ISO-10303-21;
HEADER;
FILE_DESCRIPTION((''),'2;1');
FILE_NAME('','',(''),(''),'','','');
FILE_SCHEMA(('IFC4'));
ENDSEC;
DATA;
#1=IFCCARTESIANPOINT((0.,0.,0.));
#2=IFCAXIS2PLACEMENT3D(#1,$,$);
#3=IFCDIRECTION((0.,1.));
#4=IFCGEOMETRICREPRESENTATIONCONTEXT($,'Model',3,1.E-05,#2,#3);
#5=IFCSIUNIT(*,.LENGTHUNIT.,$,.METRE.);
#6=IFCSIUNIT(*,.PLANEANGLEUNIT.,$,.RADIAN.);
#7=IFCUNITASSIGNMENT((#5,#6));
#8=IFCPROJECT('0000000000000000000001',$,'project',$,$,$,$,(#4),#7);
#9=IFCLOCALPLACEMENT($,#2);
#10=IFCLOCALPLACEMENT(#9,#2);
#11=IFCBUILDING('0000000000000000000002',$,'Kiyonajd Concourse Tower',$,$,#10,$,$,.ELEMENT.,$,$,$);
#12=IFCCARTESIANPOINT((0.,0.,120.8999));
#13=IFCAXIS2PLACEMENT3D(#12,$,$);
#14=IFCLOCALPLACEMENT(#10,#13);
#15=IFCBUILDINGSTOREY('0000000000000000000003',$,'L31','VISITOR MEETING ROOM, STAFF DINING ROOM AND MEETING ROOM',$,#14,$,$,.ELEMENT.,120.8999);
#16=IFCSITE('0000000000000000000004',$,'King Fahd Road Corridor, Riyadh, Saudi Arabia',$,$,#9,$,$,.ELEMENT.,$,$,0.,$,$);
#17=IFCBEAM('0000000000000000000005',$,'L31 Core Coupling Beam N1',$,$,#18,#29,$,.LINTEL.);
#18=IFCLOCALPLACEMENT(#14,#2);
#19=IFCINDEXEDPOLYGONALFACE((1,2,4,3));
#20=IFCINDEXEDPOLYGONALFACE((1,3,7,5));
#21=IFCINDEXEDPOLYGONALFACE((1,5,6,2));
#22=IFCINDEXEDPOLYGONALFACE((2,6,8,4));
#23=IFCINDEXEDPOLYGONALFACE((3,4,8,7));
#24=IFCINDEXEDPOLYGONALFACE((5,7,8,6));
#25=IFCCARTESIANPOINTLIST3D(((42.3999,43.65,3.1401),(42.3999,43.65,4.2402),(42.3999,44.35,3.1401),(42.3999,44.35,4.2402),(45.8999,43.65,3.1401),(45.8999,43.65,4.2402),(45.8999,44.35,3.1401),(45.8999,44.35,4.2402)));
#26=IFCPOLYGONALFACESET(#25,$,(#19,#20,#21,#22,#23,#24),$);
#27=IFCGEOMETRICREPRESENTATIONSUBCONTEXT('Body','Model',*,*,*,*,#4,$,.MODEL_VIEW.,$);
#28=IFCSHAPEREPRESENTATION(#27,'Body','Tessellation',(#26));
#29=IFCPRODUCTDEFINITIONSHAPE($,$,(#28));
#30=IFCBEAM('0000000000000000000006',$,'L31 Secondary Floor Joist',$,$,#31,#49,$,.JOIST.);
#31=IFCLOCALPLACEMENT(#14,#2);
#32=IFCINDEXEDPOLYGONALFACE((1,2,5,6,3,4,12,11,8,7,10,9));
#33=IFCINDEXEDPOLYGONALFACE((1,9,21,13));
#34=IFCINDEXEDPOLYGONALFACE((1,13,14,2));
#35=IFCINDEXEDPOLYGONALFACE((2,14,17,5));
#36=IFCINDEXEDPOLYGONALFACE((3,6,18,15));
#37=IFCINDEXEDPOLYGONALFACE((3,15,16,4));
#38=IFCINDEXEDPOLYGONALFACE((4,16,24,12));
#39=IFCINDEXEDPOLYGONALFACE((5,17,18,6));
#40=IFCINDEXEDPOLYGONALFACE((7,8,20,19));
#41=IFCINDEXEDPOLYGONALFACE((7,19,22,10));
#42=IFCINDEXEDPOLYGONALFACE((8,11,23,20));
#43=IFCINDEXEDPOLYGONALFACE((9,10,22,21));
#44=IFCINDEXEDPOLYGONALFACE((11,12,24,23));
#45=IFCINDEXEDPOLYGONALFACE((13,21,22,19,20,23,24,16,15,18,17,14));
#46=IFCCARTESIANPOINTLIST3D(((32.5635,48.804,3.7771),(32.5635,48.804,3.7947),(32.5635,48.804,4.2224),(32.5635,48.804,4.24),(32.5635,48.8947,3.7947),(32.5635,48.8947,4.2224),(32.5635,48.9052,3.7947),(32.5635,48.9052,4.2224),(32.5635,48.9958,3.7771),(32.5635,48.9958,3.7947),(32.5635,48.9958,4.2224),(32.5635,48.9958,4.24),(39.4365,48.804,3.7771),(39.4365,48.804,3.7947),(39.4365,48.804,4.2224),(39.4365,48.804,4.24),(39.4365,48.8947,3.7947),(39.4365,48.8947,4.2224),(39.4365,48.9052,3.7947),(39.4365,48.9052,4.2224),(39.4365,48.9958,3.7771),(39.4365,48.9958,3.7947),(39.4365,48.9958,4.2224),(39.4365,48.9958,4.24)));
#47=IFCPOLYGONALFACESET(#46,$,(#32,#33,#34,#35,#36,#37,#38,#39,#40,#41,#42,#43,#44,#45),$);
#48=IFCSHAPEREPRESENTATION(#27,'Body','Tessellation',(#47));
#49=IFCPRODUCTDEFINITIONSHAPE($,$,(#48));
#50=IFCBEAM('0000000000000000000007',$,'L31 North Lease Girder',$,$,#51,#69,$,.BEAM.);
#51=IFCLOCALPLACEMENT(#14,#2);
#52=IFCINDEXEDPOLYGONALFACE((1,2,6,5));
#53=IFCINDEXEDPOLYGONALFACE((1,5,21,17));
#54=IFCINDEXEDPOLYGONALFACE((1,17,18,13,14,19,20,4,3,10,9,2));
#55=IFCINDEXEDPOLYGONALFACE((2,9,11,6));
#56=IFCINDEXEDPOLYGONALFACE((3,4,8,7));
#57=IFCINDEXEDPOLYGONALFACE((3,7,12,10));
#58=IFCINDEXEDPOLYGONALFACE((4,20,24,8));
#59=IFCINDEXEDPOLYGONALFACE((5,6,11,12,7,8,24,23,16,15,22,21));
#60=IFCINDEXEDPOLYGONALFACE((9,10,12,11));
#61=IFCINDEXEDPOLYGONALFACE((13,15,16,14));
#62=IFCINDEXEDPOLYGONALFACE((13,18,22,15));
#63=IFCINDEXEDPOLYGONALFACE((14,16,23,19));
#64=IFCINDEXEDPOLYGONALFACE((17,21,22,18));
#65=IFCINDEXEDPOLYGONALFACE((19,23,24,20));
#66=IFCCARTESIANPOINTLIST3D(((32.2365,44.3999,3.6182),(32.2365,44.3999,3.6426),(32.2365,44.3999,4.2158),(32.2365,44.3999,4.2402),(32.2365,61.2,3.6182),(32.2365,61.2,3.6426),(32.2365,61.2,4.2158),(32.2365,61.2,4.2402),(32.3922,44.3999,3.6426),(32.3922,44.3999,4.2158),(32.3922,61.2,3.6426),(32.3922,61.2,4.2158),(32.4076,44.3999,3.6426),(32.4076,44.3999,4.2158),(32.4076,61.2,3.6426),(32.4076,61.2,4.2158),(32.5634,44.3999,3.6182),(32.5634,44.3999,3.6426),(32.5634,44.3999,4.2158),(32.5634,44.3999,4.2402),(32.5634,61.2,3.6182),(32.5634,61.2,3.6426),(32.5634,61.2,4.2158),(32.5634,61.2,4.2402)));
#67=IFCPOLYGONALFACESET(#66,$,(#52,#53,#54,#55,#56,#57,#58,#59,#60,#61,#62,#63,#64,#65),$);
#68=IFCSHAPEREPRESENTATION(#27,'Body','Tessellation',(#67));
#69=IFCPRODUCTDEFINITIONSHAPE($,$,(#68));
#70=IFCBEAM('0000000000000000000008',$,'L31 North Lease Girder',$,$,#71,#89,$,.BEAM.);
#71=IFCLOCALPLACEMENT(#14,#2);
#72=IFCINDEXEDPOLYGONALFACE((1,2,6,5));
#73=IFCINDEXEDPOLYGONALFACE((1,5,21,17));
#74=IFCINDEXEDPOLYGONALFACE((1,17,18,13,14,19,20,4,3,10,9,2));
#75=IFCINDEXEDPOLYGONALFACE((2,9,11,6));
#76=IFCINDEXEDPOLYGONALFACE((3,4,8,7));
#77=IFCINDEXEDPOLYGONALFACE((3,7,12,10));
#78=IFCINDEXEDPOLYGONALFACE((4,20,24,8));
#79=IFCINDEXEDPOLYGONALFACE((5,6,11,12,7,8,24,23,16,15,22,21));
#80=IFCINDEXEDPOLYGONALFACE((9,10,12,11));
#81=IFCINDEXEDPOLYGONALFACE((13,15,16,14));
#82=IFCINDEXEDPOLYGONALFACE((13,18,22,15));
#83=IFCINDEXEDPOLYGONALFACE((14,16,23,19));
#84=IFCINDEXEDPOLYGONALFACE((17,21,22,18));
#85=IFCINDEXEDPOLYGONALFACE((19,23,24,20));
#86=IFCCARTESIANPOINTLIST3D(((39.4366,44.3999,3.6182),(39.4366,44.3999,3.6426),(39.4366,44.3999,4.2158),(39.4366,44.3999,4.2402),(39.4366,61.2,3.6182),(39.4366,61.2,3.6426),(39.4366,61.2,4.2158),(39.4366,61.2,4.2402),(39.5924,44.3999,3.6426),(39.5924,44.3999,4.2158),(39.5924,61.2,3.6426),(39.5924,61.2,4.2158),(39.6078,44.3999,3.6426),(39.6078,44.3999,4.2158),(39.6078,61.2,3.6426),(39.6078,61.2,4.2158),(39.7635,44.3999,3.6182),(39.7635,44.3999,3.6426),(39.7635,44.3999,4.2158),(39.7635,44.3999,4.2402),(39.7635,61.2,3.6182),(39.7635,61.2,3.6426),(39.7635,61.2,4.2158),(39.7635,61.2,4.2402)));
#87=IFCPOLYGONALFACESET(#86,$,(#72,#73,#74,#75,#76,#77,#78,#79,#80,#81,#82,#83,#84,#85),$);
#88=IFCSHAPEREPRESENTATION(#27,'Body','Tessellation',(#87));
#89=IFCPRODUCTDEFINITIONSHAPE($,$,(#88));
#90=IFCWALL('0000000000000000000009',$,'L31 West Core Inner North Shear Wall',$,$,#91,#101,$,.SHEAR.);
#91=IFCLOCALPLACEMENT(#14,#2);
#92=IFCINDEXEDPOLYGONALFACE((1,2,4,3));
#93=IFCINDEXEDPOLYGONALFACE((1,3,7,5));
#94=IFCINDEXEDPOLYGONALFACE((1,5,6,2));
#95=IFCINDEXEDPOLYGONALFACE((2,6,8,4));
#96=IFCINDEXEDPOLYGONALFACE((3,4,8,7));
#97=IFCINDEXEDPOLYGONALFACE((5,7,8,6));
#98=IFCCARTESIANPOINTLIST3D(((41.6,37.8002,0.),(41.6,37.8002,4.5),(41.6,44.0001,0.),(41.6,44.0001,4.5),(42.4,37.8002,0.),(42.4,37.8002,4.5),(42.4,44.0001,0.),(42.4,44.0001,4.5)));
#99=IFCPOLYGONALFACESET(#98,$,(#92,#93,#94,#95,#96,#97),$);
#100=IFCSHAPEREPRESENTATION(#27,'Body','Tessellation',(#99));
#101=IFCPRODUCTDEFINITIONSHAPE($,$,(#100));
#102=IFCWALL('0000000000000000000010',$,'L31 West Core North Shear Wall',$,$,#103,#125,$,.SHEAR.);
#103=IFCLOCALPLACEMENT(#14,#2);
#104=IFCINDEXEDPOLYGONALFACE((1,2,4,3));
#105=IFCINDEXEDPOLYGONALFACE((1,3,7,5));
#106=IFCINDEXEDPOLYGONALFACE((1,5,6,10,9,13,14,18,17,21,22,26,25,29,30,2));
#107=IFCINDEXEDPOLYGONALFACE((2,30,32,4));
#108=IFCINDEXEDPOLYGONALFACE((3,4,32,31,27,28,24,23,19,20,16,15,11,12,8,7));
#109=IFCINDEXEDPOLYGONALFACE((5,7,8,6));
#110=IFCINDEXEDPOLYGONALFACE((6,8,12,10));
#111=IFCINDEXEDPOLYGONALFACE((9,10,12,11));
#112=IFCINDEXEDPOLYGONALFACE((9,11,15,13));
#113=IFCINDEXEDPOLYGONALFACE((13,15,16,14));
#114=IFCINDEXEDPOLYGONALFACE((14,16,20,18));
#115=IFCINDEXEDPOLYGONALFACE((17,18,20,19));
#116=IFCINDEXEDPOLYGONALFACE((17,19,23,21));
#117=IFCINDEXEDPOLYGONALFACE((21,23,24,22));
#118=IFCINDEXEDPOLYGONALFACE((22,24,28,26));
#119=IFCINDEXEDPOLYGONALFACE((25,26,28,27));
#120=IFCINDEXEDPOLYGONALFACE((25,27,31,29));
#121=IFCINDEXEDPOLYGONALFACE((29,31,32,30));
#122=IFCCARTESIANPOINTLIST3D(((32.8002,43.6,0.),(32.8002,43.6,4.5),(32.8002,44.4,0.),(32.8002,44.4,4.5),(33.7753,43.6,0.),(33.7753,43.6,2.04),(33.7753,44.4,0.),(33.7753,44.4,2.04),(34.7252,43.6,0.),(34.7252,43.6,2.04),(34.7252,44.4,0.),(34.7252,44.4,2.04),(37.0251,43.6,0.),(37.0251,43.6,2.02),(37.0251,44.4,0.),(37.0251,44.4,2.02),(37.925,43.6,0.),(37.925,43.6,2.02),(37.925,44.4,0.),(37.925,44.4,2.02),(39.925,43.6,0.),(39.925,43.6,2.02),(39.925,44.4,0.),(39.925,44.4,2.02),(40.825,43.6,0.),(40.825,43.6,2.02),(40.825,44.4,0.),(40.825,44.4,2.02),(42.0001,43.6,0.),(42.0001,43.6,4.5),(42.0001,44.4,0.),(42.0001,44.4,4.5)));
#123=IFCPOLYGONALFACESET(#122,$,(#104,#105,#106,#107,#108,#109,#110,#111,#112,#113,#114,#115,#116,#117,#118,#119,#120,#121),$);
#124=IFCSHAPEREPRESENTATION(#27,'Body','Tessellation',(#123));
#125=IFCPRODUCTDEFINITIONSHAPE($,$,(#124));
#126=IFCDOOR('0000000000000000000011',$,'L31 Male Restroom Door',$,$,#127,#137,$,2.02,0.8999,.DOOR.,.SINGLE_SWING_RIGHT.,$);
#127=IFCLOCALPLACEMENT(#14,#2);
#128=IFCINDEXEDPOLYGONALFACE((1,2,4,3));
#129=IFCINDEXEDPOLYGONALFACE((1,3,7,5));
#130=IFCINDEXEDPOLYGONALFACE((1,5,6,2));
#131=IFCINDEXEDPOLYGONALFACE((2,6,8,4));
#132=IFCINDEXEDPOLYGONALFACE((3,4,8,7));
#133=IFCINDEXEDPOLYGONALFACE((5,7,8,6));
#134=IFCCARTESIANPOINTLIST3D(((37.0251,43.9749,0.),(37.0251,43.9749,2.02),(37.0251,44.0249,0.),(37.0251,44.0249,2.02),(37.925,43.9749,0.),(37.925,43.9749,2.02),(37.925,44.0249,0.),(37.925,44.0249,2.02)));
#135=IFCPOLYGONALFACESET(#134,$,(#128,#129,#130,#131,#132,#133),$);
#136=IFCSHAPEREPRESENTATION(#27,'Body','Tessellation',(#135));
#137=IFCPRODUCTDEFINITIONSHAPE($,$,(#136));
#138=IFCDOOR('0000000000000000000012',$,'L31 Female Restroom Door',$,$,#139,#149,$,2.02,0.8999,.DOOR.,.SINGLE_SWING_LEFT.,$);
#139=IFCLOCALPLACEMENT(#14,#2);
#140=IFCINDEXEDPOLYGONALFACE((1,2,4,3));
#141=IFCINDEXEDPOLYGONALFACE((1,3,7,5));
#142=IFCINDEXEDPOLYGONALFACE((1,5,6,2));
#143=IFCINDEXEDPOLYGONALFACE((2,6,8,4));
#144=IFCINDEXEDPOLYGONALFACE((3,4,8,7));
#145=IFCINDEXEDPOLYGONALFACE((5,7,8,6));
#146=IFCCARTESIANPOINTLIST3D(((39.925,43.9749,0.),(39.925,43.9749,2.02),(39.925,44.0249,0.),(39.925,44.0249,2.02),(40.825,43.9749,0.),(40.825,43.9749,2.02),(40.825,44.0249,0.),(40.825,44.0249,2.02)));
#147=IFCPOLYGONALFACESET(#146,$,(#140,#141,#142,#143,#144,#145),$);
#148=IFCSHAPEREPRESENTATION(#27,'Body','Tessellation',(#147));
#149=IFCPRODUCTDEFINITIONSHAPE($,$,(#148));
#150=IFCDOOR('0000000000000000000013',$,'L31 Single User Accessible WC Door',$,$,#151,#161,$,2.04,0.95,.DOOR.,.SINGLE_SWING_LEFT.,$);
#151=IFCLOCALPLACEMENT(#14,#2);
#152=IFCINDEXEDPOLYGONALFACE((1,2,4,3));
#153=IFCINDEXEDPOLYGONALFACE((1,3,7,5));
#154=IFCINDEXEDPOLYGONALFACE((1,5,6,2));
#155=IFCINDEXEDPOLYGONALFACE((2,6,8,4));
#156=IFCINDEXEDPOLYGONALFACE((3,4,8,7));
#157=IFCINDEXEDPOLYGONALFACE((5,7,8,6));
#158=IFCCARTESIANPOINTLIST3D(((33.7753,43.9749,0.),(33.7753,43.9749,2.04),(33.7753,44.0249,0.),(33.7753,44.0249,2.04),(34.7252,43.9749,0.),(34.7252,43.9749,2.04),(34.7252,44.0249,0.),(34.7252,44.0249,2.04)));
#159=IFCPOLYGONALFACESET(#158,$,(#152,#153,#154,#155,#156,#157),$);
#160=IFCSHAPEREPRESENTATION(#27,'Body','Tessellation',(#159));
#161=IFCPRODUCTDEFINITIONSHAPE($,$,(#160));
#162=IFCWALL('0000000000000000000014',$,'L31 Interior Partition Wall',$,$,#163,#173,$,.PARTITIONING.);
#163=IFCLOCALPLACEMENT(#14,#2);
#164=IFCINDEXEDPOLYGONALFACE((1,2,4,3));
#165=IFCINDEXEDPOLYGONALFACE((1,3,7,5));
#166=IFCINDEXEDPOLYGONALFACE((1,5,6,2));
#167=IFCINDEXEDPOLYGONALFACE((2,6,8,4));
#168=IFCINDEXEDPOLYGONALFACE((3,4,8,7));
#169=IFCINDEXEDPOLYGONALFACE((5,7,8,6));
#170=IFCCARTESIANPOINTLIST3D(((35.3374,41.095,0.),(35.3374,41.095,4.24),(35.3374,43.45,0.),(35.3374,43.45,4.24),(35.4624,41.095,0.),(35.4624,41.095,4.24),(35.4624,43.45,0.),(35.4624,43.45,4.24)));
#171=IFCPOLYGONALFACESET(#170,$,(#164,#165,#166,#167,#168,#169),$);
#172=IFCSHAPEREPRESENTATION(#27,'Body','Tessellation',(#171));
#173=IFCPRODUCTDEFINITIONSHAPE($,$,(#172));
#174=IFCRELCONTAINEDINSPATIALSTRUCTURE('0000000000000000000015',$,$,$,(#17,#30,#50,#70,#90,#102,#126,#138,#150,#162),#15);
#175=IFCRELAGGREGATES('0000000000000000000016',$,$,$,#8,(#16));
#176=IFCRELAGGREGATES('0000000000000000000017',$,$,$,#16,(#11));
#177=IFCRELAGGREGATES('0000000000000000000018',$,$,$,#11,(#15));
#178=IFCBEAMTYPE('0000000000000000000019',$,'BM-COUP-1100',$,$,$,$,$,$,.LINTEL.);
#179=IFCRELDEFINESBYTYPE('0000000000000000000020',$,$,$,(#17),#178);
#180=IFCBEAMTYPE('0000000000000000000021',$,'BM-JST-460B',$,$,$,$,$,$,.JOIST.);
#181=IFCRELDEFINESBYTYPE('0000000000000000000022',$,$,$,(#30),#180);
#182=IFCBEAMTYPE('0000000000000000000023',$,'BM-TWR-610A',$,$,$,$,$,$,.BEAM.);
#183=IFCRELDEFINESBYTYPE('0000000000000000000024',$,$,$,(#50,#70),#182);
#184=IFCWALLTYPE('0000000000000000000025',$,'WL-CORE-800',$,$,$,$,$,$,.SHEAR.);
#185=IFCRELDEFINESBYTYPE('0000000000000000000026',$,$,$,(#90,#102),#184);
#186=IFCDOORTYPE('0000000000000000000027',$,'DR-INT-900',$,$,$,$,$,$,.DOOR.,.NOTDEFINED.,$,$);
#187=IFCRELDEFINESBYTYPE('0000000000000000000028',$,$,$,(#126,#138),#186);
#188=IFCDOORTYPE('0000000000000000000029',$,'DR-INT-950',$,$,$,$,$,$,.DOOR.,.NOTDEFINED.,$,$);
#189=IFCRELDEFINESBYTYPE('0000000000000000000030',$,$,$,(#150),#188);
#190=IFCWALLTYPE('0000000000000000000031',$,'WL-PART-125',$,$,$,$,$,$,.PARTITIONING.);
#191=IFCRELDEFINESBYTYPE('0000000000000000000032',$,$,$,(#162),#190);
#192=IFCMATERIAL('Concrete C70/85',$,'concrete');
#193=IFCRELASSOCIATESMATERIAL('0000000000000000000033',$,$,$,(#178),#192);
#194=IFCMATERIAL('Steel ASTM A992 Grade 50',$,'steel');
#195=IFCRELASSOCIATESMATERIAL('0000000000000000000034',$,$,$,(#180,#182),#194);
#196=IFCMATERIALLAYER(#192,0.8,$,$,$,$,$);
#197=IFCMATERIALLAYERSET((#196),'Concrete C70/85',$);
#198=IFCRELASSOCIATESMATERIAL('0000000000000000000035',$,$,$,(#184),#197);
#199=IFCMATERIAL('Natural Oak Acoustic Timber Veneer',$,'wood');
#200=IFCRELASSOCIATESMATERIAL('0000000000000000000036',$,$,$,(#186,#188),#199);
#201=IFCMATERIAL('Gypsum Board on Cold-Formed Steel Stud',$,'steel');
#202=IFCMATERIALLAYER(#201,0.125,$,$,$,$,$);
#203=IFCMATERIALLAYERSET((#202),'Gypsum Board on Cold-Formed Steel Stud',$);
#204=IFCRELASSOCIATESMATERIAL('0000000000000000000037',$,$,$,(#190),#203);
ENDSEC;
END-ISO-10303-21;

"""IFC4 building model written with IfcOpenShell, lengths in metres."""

from ifc_helpers import new_model, si_unit, direction, frame, frame_2d, origin, origin_2d, place, context, subcontext, project, spatial, rectangle, i_section, extrude, material, layer, layer_set, material_profile, profile_set, type_object, element, fill, save


model = new_model("IFC4")

# Units and contexts
model_context = context("Model", 3, precision=1e-05, world=origin(), true_north=direction((0.0, 1.0)))
body_context = subcontext(model_context, "Body", "Model", "MODEL_VIEW")
ifc_project = project(units=[si_unit("LENGTHUNIT", "METRE"), si_unit("PLANEANGLEUNIT", "RADIAN")], contexts=[model_context])

# Site, building, storey
site_placement = place(None, origin())
site = spatial("IfcSite", under=ifc_project, at=site_placement, Name="King Fahd Road Corridor, Riyadh, Saudi Arabia", CompositionType="ELEMENT", RefElevation=0.0)
building_placement = place(site_placement, origin())
building = spatial("IfcBuilding", under=site, at=building_placement, Name="Kiyonajd Concourse Tower", CompositionType="ELEMENT")
storey_placement = place(building_placement, frame((0.0, 0.0, 120.8999)))
storey = spatial("IfcBuildingStorey", under=building, at=storey_placement, Name="L31", Description="VISITOR MEETING ROOM, STAFF DINING ROOM AND MEETING ROOM", CompositionType="ELEMENT", Elevation=120.8999)

# Beams
ifc_material_1 = material(Name="Concrete C70/85", Category="concrete")
ifc_material_profile_1 = material_profile(ifc_material_1, rectangle(XDim=0.7, YDim=1.1001, at=origin_2d()), Name="RCBM-700x1100")
ifc_profile_set_1 = profile_set([ifc_material_profile_1], Name="Concrete C70/85")
beam_type_1 = type_object("IfcBeamType", Name="BM-COUP-1100", PredefinedType="LINTEL", material=ifc_profile_set_1)
beam_1_placement = place(storey_placement, frame((42.3999, 44.0, 3.6902), z_axis=(1.0, 0.0, 0.0), x_axis=(0.0, 1.0, 0.0)))
element("IfcBeam", 1, at=beam_1_placement, inside=storey, type_object=beam_type_1, Name="L31 Core Coupling Beam N1", PredefinedType="LINTEL", context=body_context, shape_type="SweptSolid", body=[
    extrude(rectangle(XDim=0.7, YDim=1.1001, at=origin_2d()), origin(), (0.0, 0.0, 1.0), 3.5),
])
ifc_material_2 = material(Name="Steel ASTM A992 Grade 50", Category="steel")
ifc_material_profile_2 = material_profile(ifc_material_2, i_section(OverallWidth=0.1919, OverallDepth=0.4629, WebThickness=0.0105, FlangeThickness=0.0176, at=origin_2d()), Name="W460X89")
ifc_profile_set_2 = profile_set([ifc_material_profile_2], Name="Steel ASTM A992 Grade 50")
beam_type_2 = type_object("IfcBeamType", Name="BM-JST-460B", PredefinedType="JOIST", material=ifc_profile_set_2)
beam_2_placement = place(storey_placement, frame((32.5635, 48.8999, 4.0085), z_axis=(1.0, 0.0, 0.0), x_axis=(0.0, 1.0, 0.0)))
element("IfcBeam", 2, at=beam_2_placement, inside=storey, type_object=beam_type_2, Name="L31 Secondary Floor Joist", PredefinedType="JOIST", context=body_context, shape_type="SweptSolid", body=[
    extrude(i_section(OverallWidth=0.1919, OverallDepth=0.4629, WebThickness=0.0105, FlangeThickness=0.0176, at=origin_2d()), origin(), (0.0, 0.0, 1.0), 6.873),
])
ifc_material_profile_3 = material_profile(ifc_material_2, i_section(OverallWidth=0.3269, OverallDepth=0.6221, WebThickness=0.0154, FlangeThickness=0.0244, at=origin_2d()), Name="W610X195")
ifc_profile_set_3 = profile_set([ifc_material_profile_3], Name="Steel ASTM A992 Grade 50")
beam_type_3 = type_object("IfcBeamType", Name="BM-TWR-610A", PredefinedType="BEAM", material=ifc_profile_set_3)
for number, where, z_axis, x_axis, name in (
    (3, (32.3999, 44.3999, 3.9292), (0.0, 1.0, 0.0), (-1.0, 0.0, 0.0), "L31 North Lease Girder"),
    (4, (39.6001, 44.3999, 3.9292), (0.0, 1.0, 0.0), (-1.0, 0.0, 0.0), "L31 North Lease Girder"),
):
    element("IfcBeam", number, at=place(storey_placement, frame(where, z_axis=z_axis, x_axis=x_axis)), inside=storey, type_object=beam_type_3, Name=name, PredefinedType="BEAM", context=body_context, shape_type="SweptSolid", body=[
        extrude(i_section(OverallWidth=0.3269, OverallDepth=0.6221, WebThickness=0.0154, FlangeThickness=0.0244, at=origin_2d()), origin(), (0.0, 0.0, 1.0), 16.8),
    ])

# Wall
ifc_layer_1 = layer(ifc_material_1, 0.8)
ifc_layer_set_1 = layer_set([ifc_layer_1], Name="Concrete C70/85")
wall_type_1 = type_object("IfcWallType", Name="WL-CORE-800", PredefinedType="SHEAR", material=ifc_layer_set_1)
wall_1_placement = place(storey_placement, frame((42.0, 37.8, 0.0), z_axis=(0.0, 0.0, 1.0), x_axis=(0.0, 1.0, 0.0)))
element("IfcWall", 5, at=wall_1_placement, inside=storey, type_object=wall_type_1, Name="L31 West Core Inner North Shear Wall", PredefinedType="SHEAR", context=body_context, shape_type="SweptSolid", body=[
    extrude(rectangle(XDim=6.2, YDim=0.8, at=frame_2d((3.1001, 0.0))), origin(), (0.0, 0.0, 1.0), 4.5),
])

# Wall, openings, doors
wall_2_placement = place(storey_placement, frame((32.8, 44.0, 0.0), z_axis=(0.0, 0.0, 1.0), x_axis=(1.0, 0.0, 0.0)))
wall_2 = element("IfcWall", 6, at=wall_2_placement, inside=storey, type_object=wall_type_1, Name="L31 West Core North Shear Wall", PredefinedType="SHEAR", context=body_context, shape_type="SweptSolid", body=[
    extrude(rectangle(XDim=9.2, YDim=0.8, at=frame_2d((4.6001, 0.0))), origin(), (0.0, 0.0, 1.0), 4.5),
])
opening_1_placement = place(wall_2_placement, frame((0.9751, 0.0, 0.0)))
opening_1 = element("IfcOpeningElement", 7, at=opening_1_placement, cuts=wall_2, PredefinedType="OPENING", context=body_context, shape_type="SweptSolid", body=[
    extrude(rectangle(XDim=0.95, YDim=2.04, at=frame_2d((0.4751, 1.02))), frame((0.0, 0.4099, 0.0), z_axis=(0.0, -1.0, 0.0), x_axis=(1.0, 0.0, 0.0)), (0.0, 0.0, 1.0), 0.8201),
])
opening_2_placement = place(wall_2_placement, frame((4.2251, 0.0, 0.0)))
opening_2 = element("IfcOpeningElement", 8, at=opening_2_placement, cuts=wall_2, PredefinedType="OPENING", context=body_context, shape_type="SweptSolid", body=[
    extrude(rectangle(XDim=0.8999, YDim=2.02, at=frame_2d((0.45, 1.01))), frame((0.0, 0.4099, 0.0), z_axis=(0.0, -1.0, 0.0), x_axis=(1.0, 0.0, 0.0)), (0.0, 0.0, 1.0), 0.8201),
])
opening_3_placement = place(wall_2_placement, frame((7.125, 0.0, 0.0)))
opening_3 = element("IfcOpeningElement", 9, at=opening_3_placement, cuts=wall_2, PredefinedType="OPENING", context=body_context, shape_type="SweptSolid", body=[
    extrude(rectangle(XDim=0.8999, YDim=2.02, at=frame_2d((0.45, 1.01))), frame((0.0, 0.4099, 0.0), z_axis=(0.0, -1.0, 0.0), x_axis=(1.0, 0.0, 0.0)), (0.0, 0.0, 1.0), 0.8201),
])
ifc_material_3 = material(Name="Natural Oak Acoustic Timber Veneer", Category="wood")
door_type_1 = type_object("IfcDoorType", Name="DR-INT-900", OperationType="NOTDEFINED", PredefinedType="DOOR", material=ifc_material_3)
door_1_placement = place(opening_2_placement, origin())
door_1 = element("IfcDoor", 10, at=door_1_placement, inside=storey, type_object=door_type_1, Name="L31 Male Restroom Door", OperationType="SINGLE_SWING_RIGHT", OverallHeight=2.02, OverallWidth=0.8999, PredefinedType="DOOR", context=body_context, shape_type="SweptSolid", body=[
    extrude(rectangle(XDim=0.8999, YDim=2.02, at=frame_2d((0.45, 1.01))), frame((0.0, 0.0249, 0.0), z_axis=(0.0, -1.0, 0.0), x_axis=(1.0, 0.0, 0.0)), (0.0, 0.0, 1.0), 0.05),
])
fill(opening_2, door_1)
door_2_placement = place(opening_3_placement, origin())
door_2 = element("IfcDoor", 11, at=door_2_placement, inside=storey, type_object=door_type_1, Name="L31 Female Restroom Door", OperationType="SINGLE_SWING_LEFT", OverallHeight=2.02, OverallWidth=0.8999, PredefinedType="DOOR", context=body_context, shape_type="SweptSolid", body=[
    extrude(rectangle(XDim=0.8999, YDim=2.02, at=frame_2d((0.45, 1.01))), frame((0.0, 0.0249, 0.0), z_axis=(0.0, -1.0, 0.0), x_axis=(1.0, 0.0, 0.0)), (0.0, 0.0, 1.0), 0.05),
])
fill(opening_3, door_2)
door_type_2 = type_object("IfcDoorType", Name="DR-INT-950", OperationType="NOTDEFINED", PredefinedType="DOOR", material=ifc_material_3)
door_3_placement = place(opening_1_placement, origin())
door_3 = element("IfcDoor", 12, at=door_3_placement, inside=storey, type_object=door_type_2, Name="L31 Single User Accessible WC Door", OperationType="SINGLE_SWING_LEFT", OverallHeight=2.04, OverallWidth=0.95, PredefinedType="DOOR", context=body_context, shape_type="SweptSolid", body=[
    extrude(rectangle(XDim=0.95, YDim=2.04, at=frame_2d((0.4751, 1.02))), frame((0.0, 0.0249, 0.0), z_axis=(0.0, -1.0, 0.0), x_axis=(1.0, 0.0, 0.0)), (0.0, 0.0, 1.0), 0.05),
])
fill(opening_1, door_3)

# Wall
ifc_material_4 = material(Name="Gypsum Board on Cold-Formed Steel Stud", Category="steel")
ifc_layer_2 = layer(ifc_material_4, 0.125)
ifc_layer_set_2 = layer_set([ifc_layer_2], Name="Gypsum Board on Cold-Formed Steel Stud")
wall_type_2 = type_object("IfcWallType", Name="WL-PART-125", PredefinedType="PARTITIONING", material=ifc_layer_set_2)
for number, where, z_axis, x_axis, name in (
    (13, (35.3999, 41.095, 0.0), (0.0, 0.0, 1.0), (0.0, 1.0, 0.0), "L31 Interior Partition Wall"),
):
    element("IfcWall", number, at=place(storey_placement, frame(where, z_axis=z_axis, x_axis=x_axis)), inside=storey, type_object=wall_type_2, Name=name, PredefinedType="PARTITIONING", context=body_context, shape_type="SweptSolid", body=[
        extrude(rectangle(XDim=2.355, YDim=0.125, at=frame_2d((1.1775, 0.0))), origin(), (0.0, 0.0, 1.0), 4.24),
    ])

save(model, "model.ifc")
